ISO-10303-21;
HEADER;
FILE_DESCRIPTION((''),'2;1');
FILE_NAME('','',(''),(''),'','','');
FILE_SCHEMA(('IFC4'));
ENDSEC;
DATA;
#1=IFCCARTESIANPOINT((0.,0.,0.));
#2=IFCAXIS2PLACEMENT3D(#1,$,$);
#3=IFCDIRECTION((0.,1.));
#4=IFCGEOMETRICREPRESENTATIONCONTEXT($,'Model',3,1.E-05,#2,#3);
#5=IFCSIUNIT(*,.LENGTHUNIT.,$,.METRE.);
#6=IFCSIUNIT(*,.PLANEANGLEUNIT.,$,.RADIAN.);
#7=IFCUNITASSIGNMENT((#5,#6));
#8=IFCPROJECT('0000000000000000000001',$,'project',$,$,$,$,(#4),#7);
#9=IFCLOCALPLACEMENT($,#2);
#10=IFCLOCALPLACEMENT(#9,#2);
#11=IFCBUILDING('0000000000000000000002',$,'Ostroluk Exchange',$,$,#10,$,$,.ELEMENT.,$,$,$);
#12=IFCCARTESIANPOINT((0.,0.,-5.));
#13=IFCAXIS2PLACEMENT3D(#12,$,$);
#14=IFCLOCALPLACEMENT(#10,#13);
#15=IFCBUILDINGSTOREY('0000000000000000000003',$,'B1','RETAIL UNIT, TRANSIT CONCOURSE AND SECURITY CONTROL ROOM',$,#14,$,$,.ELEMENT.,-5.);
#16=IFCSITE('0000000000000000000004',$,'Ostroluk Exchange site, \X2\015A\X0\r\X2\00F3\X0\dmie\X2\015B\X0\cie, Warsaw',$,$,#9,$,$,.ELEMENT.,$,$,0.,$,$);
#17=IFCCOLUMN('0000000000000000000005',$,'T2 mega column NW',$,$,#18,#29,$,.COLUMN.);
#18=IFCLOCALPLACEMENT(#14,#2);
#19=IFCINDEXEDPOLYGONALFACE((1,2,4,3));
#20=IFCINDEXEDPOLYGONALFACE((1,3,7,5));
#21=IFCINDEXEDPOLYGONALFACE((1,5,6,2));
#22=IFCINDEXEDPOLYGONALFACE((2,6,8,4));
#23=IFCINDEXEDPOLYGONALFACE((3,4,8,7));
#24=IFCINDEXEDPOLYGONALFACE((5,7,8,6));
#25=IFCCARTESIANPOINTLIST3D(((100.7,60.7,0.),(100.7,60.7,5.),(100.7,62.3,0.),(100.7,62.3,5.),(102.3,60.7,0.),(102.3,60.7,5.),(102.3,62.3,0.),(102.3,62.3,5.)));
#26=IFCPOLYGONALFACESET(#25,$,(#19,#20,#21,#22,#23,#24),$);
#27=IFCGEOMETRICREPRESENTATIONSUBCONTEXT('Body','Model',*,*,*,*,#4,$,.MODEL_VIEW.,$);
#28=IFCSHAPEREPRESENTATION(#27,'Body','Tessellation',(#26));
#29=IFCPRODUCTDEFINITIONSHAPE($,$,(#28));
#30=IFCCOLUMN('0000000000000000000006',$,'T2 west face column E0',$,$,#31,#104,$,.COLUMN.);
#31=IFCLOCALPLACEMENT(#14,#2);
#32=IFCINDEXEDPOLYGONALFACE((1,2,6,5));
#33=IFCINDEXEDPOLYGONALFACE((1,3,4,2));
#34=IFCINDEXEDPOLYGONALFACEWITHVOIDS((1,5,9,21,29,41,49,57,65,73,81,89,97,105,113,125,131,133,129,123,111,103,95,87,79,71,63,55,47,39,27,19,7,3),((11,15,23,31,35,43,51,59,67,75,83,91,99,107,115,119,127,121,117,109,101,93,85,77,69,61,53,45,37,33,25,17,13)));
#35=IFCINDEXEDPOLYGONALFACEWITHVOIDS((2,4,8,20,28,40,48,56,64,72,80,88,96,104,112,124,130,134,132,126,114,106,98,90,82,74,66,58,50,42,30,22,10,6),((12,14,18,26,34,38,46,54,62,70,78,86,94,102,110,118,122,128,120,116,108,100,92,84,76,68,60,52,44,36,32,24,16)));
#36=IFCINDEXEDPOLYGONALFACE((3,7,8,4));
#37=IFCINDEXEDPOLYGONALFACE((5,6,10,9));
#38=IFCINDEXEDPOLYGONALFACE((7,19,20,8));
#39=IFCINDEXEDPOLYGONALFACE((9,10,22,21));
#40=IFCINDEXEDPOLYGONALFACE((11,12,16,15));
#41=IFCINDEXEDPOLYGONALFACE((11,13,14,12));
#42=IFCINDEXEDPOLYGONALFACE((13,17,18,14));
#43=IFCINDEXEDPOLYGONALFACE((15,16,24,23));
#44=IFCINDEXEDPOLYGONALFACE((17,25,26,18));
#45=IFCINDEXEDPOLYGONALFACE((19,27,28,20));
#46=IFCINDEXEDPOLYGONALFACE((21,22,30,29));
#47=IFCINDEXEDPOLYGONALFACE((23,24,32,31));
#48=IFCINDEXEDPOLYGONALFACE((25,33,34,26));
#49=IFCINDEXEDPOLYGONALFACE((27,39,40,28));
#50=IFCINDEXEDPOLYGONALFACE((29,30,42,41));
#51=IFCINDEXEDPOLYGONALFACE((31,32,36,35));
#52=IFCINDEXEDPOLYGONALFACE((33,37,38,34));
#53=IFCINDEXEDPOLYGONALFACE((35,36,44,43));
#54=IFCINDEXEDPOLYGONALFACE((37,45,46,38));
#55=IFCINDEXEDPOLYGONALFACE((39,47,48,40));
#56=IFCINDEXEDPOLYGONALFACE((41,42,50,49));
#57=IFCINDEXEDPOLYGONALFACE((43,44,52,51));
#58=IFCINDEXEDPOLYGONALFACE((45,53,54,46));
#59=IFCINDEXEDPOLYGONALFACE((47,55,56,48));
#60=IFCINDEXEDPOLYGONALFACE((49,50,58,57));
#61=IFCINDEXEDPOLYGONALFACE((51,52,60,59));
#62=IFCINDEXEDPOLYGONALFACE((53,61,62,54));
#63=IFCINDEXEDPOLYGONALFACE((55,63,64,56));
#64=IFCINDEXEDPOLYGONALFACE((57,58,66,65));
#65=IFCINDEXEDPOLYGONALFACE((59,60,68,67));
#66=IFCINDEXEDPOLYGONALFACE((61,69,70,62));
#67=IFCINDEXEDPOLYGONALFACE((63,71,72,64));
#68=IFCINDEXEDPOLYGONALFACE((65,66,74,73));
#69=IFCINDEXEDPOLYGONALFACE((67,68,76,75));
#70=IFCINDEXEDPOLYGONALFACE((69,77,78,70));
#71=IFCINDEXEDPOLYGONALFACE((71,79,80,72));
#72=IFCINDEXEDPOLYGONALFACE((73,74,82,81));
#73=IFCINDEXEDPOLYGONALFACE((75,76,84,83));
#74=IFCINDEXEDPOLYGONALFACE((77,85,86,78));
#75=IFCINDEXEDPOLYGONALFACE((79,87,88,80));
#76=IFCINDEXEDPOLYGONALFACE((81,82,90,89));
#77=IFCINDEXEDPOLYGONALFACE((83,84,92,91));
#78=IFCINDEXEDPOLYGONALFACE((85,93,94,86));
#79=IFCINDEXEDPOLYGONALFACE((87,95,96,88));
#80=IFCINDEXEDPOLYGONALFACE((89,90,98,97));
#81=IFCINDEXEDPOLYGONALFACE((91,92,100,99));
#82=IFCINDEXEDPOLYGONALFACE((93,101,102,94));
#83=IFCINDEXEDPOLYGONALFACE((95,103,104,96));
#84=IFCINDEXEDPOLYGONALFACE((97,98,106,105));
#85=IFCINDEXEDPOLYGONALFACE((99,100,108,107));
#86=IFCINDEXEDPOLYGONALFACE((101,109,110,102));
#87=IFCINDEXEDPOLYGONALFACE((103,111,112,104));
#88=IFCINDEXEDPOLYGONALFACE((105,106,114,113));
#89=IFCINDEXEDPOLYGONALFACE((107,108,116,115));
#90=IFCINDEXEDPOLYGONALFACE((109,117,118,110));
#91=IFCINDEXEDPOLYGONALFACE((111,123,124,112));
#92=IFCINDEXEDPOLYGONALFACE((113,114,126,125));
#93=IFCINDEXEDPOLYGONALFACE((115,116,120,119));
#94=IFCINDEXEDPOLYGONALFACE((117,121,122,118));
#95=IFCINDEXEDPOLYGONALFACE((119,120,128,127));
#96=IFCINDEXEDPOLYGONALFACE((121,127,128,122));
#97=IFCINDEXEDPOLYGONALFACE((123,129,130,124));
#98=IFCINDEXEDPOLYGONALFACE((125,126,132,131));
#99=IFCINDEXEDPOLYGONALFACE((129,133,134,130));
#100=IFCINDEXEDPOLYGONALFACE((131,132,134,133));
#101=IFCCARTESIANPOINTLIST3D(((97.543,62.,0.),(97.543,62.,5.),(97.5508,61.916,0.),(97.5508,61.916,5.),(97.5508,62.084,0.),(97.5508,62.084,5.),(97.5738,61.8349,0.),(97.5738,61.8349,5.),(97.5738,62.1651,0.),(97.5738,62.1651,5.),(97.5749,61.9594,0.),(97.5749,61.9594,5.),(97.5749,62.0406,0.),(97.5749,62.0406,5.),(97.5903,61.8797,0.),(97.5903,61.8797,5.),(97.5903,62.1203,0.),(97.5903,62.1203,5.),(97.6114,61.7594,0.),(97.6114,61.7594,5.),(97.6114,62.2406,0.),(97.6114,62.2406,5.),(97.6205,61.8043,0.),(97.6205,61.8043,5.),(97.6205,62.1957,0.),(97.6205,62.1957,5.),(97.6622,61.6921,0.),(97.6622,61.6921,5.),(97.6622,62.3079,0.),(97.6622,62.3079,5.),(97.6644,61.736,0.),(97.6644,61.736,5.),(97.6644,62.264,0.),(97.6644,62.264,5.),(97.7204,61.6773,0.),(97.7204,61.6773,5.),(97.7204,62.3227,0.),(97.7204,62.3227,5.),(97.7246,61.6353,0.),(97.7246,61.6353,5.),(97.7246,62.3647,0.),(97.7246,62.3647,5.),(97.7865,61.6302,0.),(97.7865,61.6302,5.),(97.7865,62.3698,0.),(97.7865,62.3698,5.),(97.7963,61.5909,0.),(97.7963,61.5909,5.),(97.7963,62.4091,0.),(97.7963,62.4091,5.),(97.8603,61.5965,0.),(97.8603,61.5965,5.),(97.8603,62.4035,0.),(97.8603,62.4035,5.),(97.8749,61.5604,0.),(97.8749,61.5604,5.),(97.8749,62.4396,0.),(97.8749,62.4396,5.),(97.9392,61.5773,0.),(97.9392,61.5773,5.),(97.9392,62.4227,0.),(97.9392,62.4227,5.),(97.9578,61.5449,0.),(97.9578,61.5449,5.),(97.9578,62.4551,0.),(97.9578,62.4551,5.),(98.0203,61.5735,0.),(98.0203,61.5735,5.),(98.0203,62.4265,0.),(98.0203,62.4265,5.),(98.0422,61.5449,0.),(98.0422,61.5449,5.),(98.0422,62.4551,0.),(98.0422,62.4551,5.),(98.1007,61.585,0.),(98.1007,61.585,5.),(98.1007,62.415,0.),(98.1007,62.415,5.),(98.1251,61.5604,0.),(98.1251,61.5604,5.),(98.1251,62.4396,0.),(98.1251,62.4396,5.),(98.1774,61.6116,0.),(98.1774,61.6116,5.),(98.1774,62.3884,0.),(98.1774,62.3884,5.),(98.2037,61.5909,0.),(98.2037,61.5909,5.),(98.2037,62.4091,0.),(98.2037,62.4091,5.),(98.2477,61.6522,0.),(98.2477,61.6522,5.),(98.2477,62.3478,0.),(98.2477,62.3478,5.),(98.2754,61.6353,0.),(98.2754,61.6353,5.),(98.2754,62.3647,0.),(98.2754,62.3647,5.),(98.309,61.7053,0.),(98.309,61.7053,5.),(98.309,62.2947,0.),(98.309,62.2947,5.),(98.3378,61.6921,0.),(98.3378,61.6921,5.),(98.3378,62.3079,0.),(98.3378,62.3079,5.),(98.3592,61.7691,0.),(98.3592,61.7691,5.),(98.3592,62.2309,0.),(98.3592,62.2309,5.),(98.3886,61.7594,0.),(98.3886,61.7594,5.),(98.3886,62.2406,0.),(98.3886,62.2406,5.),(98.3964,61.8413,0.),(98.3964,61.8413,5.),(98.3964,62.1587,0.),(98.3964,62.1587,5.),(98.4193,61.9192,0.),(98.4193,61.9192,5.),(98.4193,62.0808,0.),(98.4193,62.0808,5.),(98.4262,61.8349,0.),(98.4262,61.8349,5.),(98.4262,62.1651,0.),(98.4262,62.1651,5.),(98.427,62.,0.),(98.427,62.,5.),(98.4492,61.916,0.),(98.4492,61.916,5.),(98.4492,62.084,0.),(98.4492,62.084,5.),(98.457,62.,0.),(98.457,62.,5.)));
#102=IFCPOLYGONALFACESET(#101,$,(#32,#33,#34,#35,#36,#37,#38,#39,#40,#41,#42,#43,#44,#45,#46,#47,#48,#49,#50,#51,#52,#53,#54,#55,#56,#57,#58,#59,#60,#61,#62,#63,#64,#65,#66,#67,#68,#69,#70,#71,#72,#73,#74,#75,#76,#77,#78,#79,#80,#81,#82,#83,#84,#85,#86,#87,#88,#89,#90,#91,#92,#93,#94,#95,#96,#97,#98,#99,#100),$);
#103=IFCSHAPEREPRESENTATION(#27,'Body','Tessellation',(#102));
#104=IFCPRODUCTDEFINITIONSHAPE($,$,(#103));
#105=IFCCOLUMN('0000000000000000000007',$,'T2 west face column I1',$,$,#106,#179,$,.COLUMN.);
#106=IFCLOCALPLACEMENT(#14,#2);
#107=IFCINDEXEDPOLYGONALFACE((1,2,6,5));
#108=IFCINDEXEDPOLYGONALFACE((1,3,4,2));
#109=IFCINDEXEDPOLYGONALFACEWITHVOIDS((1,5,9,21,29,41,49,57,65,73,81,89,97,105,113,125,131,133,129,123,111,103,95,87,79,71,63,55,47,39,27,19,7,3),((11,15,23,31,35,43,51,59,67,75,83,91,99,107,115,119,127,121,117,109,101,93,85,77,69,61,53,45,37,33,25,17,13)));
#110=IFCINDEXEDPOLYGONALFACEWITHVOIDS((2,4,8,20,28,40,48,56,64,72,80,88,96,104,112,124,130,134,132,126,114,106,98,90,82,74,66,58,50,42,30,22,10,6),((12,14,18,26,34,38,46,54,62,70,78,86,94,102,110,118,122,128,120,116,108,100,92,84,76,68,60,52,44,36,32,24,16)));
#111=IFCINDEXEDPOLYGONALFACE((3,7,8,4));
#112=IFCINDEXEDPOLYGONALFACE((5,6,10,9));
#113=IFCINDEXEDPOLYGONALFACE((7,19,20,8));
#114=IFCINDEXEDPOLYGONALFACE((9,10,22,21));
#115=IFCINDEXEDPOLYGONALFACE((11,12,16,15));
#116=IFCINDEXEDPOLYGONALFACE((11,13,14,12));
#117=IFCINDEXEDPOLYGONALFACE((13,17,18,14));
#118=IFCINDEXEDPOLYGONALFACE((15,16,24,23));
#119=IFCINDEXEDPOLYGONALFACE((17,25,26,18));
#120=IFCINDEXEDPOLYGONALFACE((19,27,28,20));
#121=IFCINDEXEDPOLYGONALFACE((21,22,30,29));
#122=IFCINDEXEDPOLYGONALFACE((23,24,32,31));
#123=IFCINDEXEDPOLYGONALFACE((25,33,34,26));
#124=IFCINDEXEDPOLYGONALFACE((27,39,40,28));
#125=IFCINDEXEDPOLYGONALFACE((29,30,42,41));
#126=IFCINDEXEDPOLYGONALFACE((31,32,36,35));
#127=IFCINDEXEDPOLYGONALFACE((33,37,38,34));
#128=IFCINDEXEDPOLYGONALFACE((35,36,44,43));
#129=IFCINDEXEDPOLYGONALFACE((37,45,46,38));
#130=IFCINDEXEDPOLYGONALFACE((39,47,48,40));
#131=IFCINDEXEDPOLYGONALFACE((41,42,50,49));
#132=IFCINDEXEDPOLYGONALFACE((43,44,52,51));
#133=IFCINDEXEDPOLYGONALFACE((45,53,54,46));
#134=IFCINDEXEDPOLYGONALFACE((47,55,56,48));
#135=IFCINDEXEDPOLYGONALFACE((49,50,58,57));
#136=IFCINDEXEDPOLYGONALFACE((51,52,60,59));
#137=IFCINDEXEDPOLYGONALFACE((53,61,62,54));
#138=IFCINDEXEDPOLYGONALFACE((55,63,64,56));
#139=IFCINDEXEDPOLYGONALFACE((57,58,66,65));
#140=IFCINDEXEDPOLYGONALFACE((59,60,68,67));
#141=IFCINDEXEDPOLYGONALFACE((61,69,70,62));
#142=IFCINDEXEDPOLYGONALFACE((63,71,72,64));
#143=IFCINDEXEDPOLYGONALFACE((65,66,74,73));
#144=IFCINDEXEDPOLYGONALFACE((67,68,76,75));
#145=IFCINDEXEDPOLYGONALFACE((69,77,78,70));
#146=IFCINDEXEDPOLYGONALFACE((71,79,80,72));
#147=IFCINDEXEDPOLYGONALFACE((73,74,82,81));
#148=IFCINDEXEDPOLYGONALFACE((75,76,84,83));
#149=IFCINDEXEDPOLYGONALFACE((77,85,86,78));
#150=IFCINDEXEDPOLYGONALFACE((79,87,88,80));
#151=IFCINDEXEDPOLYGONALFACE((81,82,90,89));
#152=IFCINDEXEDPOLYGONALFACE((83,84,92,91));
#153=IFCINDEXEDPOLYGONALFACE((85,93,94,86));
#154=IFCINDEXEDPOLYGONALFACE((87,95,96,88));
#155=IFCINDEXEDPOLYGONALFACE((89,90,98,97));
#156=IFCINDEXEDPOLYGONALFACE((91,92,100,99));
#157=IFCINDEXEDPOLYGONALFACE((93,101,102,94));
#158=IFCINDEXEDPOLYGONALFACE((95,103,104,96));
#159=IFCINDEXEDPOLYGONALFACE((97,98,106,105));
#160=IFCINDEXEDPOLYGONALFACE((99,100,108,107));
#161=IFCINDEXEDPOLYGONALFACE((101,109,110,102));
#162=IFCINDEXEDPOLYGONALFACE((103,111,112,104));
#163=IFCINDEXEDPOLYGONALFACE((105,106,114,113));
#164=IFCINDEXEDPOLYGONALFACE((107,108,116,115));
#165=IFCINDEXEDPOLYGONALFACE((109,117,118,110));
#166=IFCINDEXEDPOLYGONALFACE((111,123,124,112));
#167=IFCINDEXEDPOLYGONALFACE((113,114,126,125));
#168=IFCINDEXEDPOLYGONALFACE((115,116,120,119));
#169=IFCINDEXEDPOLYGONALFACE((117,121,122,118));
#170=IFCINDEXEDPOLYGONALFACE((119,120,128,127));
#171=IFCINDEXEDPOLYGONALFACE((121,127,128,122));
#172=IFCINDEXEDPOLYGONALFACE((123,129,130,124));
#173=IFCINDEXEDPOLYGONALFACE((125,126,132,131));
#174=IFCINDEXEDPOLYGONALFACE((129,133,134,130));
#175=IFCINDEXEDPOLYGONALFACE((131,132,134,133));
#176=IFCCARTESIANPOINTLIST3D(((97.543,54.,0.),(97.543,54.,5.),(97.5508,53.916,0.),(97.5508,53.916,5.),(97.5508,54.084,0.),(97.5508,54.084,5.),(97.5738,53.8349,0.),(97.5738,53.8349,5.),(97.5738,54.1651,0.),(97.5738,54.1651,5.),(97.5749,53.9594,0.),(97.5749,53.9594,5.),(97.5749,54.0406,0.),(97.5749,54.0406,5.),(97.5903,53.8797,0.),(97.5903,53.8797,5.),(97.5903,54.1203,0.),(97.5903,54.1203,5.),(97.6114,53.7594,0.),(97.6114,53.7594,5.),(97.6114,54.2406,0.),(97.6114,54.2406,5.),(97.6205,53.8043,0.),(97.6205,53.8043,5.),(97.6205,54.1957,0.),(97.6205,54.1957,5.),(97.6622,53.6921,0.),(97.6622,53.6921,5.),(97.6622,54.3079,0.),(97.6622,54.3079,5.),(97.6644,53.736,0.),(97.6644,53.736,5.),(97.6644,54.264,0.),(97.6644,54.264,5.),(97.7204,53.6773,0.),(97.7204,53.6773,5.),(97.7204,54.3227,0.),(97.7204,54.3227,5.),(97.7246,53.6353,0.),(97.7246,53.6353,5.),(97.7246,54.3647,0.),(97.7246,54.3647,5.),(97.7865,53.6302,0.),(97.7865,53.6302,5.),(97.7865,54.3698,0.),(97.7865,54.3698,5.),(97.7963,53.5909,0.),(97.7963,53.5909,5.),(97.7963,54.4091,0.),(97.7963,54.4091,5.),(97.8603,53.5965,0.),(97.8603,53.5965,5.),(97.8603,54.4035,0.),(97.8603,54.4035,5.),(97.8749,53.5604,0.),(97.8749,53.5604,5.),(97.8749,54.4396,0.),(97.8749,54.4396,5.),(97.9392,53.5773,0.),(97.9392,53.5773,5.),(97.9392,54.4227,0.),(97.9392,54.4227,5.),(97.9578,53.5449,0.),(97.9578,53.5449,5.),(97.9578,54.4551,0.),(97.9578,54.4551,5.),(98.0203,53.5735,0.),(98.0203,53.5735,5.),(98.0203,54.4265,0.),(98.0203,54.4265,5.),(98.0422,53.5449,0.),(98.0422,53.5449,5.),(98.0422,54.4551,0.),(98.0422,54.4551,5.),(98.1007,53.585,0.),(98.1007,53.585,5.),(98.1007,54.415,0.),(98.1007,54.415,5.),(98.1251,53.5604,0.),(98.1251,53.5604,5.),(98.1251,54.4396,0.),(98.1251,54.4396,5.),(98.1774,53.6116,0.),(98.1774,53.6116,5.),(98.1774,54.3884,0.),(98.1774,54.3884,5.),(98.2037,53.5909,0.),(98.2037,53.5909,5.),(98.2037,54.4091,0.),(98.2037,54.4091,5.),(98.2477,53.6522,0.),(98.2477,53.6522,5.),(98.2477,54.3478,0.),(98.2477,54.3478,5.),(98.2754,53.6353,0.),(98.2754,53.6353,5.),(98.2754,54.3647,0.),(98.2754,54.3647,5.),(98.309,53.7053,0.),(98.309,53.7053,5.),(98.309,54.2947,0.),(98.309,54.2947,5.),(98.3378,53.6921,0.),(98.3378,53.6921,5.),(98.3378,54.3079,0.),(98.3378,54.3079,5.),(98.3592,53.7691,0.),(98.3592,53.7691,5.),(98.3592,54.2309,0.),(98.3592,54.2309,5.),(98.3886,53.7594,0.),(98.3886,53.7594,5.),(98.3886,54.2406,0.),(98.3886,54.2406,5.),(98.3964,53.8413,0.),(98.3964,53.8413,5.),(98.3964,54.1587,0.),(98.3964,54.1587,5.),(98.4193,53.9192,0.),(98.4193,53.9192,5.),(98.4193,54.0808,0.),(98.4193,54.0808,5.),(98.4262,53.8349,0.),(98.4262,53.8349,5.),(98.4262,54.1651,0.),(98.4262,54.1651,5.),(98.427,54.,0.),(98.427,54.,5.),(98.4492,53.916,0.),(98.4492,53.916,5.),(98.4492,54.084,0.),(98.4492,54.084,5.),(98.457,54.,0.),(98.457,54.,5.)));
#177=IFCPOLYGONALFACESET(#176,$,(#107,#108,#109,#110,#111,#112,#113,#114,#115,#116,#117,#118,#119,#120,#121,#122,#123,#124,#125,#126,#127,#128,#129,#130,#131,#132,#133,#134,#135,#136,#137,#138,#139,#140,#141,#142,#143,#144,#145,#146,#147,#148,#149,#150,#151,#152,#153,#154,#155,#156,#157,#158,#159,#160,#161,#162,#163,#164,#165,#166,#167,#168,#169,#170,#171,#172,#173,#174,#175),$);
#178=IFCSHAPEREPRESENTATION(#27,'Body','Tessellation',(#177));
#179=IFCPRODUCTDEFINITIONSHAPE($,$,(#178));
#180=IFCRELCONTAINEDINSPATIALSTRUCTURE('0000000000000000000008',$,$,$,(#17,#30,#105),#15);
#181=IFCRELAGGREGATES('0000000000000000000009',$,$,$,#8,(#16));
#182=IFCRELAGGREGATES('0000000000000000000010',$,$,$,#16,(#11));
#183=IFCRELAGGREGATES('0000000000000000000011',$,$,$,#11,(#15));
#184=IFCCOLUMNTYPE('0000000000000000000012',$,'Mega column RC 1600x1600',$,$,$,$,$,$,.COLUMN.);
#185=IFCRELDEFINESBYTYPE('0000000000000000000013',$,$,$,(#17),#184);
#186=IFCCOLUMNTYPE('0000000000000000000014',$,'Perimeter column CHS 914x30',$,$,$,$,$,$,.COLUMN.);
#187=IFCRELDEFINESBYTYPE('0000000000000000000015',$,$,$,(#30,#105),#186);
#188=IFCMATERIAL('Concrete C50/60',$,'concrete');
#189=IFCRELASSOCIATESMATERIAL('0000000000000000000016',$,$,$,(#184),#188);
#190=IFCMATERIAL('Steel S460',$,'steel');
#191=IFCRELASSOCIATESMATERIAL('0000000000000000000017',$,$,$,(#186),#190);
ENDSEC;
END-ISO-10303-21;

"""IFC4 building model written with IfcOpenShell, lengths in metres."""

from ifc_helpers import new_model, si_unit, direction, frame, origin, origin_2d, place, context, subcontext, project, spatial, rectangle, hollow_circle, extrude, material, material_profile, profile_set, type_object, element, save


model = new_model("IFC4")

# Units and contexts
model_context = context("Model", 3, precision=1e-05, world=origin(), true_north=direction((0.0, 1.0)))
body_context = subcontext(model_context, "Body", "Model", "MODEL_VIEW")
ifc_project = project(units=[si_unit("LENGTHUNIT", "METRE"), si_unit("PLANEANGLEUNIT", "RADIAN")], contexts=[model_context])

# Site, building, storey
site_placement = place(None, origin())
site = spatial("IfcSite", under=ifc_project, at=site_placement, Name="Ostroluk Exchange site, Śródmieście, Warsaw", CompositionType="ELEMENT", RefElevation=0.0)
building_placement = place(site_placement, origin())
building = spatial("IfcBuilding", under=site, at=building_placement, Name="Ostroluk Exchange", CompositionType="ELEMENT")
storey_placement = place(building_placement, frame((0.0, 0.0, -5.0)))
storey = spatial("IfcBuildingStorey", under=building, at=storey_placement, Name="B1", Description="RETAIL UNIT, TRANSIT CONCOURSE AND SECURITY CONTROL ROOM", CompositionType="ELEMENT", Elevation=-5.0)

# Columns
ifc_material_1 = material(Name="Concrete C50/60", Category="concrete")
ifc_material_profile_1 = material_profile(ifc_material_1, rectangle(XDim=1.6001, YDim=1.6001, at=origin_2d()), Name="RC 1600x1600")
ifc_profile_set_1 = profile_set([ifc_material_profile_1], Name="Concrete C50/60")
column_type_1 = type_object("IfcColumnType", Name="Mega column RC 1600x1600", PredefinedType="COLUMN", material=ifc_profile_set_1)
column_placement = place(storey_placement, frame((101.5, 61.5, 0.0), z_axis=(0.0, 0.0, 1.0), x_axis=(1.0, 0.0, 0.0)))
element("IfcColumn", 1, at=column_placement, inside=storey, type_object=column_type_1, Name="T2 mega column NW", PredefinedType="COLUMN", context=body_context, shape_type="SweptSolid", body=[
    extrude(rectangle(XDim=1.6001, YDim=1.6001, at=origin_2d()), origin(), (0.0, 0.0, 1.0), 5.0),
])
ifc_material_2 = material(Name="Steel S460", Category="steel")
ifc_material_profile_2 = material_profile(ifc_material_2, hollow_circle(Radius=0.457, WallThickness=0.03, at=origin_2d()), Name="CHS 914x30")
ifc_profile_set_2 = profile_set([ifc_material_profile_2], Name="Steel S460")
column_type_2 = type_object("IfcColumnType", Name="Perimeter column CHS 914x30", PredefinedType="COLUMN", material=ifc_profile_set_2)
for number, where, z_axis, x_axis, name in (
    (2, (98.0, 62.0, 0.0), (0.0, 0.0, 1.0), (1.0, 0.0, 0.0), "T2 west face column E0"),
    (3, (98.0, 54.0, 0.0), (0.0, 0.0, 1.0), (1.0, 0.0, 0.0), "T2 west face column I1"),
):
    element("IfcColumn", number, at=place(storey_placement, frame(where, z_axis=z_axis, x_axis=x_axis)), inside=storey, type_object=column_type_2, Name=name, PredefinedType="COLUMN", context=body_context, shape_type="SweptSolid", body=[
        extrude(hollow_circle(Radius=0.457, WallThickness=0.03, at=origin_2d()), origin(), (0.0, 0.0, 1.0), 5.0),
    ])

save(model, "model.ifc")
